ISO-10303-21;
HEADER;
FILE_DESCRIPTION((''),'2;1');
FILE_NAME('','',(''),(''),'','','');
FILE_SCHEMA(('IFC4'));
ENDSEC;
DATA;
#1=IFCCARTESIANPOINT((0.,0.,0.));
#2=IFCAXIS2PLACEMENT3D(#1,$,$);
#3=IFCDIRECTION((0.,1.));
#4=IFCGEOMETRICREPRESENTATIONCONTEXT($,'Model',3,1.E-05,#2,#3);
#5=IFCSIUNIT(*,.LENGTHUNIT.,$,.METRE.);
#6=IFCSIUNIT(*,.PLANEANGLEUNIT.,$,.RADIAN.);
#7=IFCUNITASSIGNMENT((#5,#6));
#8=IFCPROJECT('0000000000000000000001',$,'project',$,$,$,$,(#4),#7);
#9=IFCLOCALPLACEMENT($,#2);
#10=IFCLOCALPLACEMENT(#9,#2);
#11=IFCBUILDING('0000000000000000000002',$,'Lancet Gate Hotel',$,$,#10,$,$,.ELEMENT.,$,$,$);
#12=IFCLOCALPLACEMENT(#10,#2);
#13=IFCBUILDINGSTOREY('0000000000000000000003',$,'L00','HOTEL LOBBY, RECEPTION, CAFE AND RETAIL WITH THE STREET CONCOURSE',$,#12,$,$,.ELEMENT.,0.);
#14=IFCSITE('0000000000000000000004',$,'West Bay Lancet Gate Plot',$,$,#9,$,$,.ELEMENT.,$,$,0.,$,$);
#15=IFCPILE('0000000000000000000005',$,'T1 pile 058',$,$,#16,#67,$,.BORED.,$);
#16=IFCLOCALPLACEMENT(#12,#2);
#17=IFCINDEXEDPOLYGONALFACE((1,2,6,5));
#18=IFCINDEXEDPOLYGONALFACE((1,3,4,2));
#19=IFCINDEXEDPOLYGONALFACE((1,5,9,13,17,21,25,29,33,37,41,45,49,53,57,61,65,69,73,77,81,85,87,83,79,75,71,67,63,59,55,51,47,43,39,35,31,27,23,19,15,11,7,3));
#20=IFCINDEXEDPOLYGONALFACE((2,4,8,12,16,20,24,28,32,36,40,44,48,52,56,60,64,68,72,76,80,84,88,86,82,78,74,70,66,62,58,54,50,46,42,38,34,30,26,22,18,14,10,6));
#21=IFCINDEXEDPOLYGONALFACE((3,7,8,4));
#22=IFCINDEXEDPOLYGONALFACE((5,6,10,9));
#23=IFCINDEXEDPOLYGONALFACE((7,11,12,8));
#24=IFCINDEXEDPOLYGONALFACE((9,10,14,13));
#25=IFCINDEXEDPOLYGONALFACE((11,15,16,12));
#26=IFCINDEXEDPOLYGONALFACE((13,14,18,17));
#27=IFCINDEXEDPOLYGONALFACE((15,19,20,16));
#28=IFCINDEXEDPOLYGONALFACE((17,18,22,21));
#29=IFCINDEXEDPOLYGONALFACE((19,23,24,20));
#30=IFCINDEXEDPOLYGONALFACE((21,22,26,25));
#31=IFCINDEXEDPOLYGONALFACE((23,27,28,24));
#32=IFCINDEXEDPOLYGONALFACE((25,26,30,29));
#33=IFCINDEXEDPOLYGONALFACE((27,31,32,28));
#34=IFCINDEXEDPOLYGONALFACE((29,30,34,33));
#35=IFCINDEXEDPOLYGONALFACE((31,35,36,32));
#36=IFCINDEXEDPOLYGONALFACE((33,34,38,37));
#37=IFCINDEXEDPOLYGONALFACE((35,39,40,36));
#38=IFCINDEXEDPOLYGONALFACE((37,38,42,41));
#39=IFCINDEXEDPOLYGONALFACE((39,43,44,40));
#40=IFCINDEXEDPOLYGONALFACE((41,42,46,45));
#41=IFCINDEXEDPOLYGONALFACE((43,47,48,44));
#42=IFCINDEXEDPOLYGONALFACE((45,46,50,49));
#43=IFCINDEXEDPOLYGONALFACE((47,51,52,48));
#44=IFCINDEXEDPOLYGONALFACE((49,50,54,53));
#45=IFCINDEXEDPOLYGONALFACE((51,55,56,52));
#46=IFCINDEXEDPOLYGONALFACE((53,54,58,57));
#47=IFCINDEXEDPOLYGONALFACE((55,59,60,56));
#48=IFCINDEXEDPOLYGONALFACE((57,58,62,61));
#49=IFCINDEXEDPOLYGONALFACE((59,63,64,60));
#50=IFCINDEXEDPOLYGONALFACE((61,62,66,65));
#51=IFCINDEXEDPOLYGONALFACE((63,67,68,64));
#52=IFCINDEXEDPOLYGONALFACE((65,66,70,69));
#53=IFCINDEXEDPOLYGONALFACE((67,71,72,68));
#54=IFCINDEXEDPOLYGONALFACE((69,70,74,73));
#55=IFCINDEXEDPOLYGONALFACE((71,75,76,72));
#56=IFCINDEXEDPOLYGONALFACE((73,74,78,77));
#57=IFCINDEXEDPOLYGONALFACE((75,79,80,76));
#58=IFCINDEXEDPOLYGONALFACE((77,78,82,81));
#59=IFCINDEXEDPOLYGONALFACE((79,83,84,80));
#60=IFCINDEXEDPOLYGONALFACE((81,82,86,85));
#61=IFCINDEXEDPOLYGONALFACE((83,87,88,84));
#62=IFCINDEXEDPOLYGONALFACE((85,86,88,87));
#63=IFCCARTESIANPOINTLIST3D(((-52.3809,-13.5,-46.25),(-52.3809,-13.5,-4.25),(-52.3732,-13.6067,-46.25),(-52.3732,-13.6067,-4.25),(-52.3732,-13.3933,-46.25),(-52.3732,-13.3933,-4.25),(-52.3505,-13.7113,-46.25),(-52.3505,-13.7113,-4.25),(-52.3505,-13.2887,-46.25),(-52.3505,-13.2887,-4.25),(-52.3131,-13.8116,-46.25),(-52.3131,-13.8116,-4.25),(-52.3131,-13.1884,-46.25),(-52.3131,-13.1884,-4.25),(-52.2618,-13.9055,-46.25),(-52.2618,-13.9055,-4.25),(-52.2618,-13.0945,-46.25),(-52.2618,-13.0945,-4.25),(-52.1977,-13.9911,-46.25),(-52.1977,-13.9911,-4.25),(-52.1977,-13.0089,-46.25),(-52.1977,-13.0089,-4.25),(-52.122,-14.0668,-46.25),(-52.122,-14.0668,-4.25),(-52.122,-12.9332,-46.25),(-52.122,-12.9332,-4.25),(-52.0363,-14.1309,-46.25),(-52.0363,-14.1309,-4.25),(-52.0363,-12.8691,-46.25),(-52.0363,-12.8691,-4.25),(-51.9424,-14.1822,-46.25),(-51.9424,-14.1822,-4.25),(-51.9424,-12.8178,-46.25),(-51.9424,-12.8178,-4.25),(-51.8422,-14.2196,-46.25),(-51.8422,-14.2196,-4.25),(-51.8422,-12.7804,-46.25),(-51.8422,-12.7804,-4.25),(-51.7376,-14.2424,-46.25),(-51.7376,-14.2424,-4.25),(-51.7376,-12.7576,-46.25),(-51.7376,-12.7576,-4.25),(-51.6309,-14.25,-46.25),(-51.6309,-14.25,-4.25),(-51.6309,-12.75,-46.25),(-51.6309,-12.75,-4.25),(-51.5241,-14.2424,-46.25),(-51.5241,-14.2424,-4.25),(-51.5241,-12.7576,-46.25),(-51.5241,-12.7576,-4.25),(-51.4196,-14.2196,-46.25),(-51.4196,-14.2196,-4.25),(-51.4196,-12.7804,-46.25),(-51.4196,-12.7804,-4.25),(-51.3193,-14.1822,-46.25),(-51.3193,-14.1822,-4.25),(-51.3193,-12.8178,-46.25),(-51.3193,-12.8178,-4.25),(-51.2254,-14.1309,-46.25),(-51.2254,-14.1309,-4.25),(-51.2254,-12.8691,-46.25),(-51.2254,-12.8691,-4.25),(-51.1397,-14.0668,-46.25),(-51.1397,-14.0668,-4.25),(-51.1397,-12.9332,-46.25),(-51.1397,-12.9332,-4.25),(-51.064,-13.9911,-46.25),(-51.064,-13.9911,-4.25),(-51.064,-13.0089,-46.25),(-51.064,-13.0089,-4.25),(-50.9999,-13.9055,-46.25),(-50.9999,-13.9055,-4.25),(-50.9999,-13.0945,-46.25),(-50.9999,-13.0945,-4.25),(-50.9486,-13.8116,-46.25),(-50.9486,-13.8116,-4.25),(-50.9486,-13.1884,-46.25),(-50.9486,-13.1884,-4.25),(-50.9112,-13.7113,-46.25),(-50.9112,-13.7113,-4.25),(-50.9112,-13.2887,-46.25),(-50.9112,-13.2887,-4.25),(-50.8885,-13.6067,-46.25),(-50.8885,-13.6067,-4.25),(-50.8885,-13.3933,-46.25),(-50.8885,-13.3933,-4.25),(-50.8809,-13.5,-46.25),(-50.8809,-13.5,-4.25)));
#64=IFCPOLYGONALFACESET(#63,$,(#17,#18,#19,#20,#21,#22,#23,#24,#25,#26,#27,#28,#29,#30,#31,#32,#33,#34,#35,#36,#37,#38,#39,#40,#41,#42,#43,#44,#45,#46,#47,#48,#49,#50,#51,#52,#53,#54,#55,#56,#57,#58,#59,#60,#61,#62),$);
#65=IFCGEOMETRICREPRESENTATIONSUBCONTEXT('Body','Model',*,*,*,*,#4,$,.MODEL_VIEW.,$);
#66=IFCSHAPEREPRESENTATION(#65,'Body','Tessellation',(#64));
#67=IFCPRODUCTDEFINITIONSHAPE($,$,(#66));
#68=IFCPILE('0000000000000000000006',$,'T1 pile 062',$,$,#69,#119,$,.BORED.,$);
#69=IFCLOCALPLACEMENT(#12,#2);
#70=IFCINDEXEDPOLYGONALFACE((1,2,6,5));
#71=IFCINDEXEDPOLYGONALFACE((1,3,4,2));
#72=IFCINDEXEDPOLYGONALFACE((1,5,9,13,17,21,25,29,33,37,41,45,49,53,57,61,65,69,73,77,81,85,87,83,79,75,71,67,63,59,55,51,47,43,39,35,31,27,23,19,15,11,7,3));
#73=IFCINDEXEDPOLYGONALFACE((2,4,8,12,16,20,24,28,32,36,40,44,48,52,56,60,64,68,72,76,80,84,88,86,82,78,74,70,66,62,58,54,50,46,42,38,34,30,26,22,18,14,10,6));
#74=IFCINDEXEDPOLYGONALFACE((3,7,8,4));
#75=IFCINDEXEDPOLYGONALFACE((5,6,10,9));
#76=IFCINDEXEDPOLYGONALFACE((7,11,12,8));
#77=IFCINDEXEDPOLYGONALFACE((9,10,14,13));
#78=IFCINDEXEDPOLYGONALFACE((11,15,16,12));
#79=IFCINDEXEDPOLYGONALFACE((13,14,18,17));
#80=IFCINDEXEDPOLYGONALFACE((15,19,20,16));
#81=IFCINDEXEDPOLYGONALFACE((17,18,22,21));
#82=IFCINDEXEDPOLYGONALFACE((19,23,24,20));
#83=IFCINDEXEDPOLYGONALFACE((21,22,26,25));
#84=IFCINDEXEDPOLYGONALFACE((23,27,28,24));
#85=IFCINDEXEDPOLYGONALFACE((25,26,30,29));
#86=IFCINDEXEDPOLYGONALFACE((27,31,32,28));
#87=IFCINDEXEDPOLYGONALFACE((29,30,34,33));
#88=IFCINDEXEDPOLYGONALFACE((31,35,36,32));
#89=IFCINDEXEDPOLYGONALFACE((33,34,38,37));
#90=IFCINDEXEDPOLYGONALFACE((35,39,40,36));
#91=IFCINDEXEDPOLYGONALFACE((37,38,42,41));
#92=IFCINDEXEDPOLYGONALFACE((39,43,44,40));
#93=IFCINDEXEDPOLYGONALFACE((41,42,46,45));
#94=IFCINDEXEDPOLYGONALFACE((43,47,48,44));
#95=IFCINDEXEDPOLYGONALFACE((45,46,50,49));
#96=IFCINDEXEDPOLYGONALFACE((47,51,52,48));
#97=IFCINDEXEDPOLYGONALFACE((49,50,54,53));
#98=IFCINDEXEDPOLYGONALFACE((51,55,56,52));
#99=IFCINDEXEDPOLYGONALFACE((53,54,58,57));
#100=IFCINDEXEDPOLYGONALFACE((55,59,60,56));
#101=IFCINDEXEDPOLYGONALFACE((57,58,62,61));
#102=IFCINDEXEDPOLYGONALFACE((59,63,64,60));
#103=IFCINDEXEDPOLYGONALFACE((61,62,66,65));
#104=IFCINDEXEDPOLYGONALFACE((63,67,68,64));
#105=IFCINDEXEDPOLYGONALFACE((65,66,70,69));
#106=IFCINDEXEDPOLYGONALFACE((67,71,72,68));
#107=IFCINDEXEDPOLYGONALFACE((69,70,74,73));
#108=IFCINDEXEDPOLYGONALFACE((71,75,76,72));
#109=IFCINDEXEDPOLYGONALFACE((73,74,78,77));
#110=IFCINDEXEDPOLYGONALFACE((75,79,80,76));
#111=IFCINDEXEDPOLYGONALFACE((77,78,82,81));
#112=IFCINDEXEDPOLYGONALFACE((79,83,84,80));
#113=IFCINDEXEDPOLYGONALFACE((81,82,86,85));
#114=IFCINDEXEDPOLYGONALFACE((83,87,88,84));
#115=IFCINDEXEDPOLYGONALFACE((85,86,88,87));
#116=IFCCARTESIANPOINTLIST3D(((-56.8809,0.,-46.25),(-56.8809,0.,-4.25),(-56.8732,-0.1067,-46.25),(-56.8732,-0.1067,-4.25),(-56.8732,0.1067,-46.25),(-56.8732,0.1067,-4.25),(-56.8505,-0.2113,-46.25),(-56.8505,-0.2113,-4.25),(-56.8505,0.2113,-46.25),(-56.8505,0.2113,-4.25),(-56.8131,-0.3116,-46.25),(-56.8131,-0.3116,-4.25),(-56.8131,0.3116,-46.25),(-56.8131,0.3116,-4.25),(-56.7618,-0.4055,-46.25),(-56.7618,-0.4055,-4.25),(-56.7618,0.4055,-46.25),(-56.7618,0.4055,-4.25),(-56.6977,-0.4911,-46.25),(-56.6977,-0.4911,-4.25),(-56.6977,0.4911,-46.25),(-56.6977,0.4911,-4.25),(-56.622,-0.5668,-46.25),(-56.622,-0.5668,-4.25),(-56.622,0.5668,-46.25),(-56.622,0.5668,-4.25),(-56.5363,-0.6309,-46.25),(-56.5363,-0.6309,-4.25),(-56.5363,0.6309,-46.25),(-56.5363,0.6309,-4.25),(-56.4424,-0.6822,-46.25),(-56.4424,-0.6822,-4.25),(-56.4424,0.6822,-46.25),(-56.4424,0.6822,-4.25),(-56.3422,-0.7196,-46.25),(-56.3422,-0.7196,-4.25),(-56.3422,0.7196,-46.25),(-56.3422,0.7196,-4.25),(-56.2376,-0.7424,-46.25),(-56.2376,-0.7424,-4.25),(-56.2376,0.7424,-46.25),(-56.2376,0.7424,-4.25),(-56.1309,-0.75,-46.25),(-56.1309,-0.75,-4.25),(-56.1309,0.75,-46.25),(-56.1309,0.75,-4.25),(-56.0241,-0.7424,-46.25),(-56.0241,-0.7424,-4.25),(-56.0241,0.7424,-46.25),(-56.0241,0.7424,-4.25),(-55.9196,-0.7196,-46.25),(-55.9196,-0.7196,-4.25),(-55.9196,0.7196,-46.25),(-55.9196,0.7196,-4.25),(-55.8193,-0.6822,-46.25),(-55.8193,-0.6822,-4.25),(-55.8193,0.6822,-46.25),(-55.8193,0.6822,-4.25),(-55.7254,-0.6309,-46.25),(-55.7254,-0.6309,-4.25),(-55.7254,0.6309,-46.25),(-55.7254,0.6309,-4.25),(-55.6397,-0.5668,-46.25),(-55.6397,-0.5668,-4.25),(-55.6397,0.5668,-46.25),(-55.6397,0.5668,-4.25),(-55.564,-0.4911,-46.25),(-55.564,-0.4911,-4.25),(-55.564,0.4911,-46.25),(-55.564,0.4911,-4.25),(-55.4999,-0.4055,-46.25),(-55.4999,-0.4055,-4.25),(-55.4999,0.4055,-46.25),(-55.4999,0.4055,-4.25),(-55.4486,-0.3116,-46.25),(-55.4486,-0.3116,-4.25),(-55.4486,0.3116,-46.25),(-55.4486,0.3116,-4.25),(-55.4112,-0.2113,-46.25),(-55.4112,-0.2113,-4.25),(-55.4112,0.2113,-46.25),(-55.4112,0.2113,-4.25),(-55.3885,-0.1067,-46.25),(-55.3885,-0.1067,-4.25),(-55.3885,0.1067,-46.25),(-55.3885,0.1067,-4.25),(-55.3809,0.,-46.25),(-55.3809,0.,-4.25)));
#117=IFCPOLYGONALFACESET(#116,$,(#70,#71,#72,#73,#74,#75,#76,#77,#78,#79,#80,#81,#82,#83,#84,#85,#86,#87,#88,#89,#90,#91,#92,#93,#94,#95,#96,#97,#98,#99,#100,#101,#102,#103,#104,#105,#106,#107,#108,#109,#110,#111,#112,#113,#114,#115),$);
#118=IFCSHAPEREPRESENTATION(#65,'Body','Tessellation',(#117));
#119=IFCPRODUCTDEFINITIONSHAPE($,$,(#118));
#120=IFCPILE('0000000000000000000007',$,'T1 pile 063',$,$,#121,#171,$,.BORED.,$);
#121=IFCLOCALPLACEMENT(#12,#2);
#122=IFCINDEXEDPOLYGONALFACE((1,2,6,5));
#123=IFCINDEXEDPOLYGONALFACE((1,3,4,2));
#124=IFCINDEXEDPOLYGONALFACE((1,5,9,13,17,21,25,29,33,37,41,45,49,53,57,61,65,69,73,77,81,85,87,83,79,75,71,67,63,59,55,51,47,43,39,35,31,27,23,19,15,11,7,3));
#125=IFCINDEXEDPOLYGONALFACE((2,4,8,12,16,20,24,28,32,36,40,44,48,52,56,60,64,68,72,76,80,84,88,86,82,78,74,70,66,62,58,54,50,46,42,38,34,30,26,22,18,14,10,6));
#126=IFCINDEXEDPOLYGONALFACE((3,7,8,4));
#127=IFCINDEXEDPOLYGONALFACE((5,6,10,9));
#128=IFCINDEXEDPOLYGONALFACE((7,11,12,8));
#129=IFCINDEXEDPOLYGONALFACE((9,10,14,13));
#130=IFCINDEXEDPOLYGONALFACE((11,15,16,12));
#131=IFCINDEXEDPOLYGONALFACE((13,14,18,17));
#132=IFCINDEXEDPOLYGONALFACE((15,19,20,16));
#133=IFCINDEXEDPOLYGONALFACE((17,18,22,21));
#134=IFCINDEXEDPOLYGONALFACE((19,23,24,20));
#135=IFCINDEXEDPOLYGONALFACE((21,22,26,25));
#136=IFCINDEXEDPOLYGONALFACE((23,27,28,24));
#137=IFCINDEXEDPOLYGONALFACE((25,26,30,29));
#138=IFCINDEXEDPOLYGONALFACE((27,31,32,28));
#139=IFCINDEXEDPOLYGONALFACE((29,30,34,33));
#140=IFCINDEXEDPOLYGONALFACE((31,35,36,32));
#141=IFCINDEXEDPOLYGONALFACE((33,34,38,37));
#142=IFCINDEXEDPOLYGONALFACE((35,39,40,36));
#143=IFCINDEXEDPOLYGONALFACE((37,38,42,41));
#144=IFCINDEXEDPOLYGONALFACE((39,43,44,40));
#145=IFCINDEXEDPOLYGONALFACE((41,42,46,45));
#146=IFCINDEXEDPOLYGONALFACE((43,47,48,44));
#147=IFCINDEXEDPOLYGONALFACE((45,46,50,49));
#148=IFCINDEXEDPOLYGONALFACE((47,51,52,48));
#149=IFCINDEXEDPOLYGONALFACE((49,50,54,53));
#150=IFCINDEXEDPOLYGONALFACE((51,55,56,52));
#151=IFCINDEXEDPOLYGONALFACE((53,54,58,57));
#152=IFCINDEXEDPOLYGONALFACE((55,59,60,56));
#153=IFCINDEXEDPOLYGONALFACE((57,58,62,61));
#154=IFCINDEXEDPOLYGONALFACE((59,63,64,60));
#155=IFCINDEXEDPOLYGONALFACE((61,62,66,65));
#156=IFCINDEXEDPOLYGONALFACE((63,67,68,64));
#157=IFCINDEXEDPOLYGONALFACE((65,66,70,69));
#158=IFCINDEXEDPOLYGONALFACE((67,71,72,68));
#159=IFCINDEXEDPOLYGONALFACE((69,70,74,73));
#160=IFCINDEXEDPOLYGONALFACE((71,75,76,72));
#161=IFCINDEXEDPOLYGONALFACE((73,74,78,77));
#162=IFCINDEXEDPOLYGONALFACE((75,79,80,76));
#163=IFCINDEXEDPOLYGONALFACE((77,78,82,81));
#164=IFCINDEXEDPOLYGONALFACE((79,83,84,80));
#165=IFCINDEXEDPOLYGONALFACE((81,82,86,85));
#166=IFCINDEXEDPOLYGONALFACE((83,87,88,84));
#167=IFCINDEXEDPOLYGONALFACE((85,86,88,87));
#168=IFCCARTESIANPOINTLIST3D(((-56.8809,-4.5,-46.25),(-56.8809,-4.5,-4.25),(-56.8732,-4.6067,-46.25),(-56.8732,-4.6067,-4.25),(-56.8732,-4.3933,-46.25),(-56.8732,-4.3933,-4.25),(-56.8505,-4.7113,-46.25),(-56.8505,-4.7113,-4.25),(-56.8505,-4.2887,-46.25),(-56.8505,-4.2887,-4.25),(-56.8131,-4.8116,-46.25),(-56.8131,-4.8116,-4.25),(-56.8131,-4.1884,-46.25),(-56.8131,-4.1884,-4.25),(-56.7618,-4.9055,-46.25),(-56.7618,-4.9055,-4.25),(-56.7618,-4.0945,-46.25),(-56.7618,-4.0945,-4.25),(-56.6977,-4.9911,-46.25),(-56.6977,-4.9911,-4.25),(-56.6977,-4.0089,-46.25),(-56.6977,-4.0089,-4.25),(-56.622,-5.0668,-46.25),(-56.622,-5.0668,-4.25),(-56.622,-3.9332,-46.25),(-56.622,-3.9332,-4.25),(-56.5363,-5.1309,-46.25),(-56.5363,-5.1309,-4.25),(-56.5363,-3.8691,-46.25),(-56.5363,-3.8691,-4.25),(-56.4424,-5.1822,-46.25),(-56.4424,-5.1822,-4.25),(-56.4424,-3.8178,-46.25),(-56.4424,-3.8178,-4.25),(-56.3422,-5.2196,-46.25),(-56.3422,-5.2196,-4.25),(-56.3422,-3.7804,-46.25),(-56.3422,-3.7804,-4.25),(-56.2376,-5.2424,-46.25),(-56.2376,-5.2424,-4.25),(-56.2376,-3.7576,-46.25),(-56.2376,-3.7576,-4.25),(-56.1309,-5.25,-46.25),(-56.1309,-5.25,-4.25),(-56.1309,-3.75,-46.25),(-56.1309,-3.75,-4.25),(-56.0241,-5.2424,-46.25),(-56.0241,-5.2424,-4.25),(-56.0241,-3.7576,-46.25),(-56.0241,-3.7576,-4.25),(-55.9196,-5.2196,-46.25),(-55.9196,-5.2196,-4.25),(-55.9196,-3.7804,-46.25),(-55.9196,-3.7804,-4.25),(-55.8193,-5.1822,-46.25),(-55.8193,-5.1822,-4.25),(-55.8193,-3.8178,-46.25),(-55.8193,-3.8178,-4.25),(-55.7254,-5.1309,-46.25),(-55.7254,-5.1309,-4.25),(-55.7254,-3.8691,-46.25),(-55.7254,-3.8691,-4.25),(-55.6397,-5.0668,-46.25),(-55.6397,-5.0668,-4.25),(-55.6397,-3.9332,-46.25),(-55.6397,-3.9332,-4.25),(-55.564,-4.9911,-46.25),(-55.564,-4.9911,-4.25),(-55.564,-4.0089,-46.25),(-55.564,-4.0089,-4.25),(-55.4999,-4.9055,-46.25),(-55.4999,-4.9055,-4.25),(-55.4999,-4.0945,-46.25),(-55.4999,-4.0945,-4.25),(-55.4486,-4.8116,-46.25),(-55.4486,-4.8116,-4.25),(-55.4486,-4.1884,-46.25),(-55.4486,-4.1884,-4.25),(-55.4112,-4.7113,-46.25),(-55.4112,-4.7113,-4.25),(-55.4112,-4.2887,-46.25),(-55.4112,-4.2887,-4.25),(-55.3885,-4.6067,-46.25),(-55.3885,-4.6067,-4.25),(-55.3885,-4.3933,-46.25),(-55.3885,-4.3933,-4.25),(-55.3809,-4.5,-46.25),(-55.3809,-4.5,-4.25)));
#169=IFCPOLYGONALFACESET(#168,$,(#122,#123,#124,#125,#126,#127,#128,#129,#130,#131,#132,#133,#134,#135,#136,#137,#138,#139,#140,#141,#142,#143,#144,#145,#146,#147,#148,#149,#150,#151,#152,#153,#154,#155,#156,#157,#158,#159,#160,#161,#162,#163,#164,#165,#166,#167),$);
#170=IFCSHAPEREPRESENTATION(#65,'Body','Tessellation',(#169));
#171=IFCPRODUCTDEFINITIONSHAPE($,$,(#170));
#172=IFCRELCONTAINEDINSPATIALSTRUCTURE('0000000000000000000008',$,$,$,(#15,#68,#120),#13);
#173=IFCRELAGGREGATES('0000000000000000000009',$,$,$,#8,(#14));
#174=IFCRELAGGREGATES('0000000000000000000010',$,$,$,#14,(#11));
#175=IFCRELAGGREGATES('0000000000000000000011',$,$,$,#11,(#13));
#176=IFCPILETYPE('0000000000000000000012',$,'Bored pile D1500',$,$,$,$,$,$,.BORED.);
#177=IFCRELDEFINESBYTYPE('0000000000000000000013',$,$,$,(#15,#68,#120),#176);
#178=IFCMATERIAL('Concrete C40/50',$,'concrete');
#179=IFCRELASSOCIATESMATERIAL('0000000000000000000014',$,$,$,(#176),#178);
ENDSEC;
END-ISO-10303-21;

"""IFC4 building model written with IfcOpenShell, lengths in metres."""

from ifc_helpers import new_model, si_unit, direction, frame, origin, origin_2d, place, context, subcontext, project, spatial, circle, extrude, material, material_profile, profile_set, type_object, element, save


model = new_model("IFC4")

# Units and contexts
model_context = context("Model", 3, precision=1e-05, world=origin(), true_north=direction((0.0, 1.0)))
body_context = subcontext(model_context, "Body", "Model", "MODEL_VIEW")
ifc_project = project(units=[si_unit("LENGTHUNIT", "METRE"), si_unit("PLANEANGLEUNIT", "RADIAN")], contexts=[model_context])

# Site, building, storey
site_placement = place(None, origin())
site = spatial("IfcSite", under=ifc_project, at=site_placement, Name="West Bay Lancet Gate Plot", CompositionType="ELEMENT", RefElevation=0.0)
building_placement = place(site_placement, origin())
building = spatial("IfcBuilding", under=site, at=building_placement, Name="Lancet Gate Hotel", CompositionType="ELEMENT")
storey_placement = place(building_placement, origin())
storey = spatial("IfcBuildingStorey", under=building, at=storey_placement, Name="L00", Description="HOTEL LOBBY, RECEPTION, CAFE AND RETAIL WITH THE STREET CONCOURSE", CompositionType="ELEMENT", Elevation=0.0)

# Piles
ifc_material_1 = material(Name="Concrete C40/50", Category="concrete")
ifc_material_profile_1 = material_profile(ifc_material_1, circle(Radius=0.75, at=origin_2d()), Name="PILE D1500")
ifc_profile_set_1 = profile_set([ifc_material_profile_1], Name="Concrete C40/50")
pile_type = type_object("IfcPileType", Name="Bored pile D1500", PredefinedType="BORED", material=ifc_profile_set_1)
for number, where, z_axis, x_axis, name in (
    (1, (-51.6309, -13.5, -4.25), (0.0, 0.0, -1.0), (1.0, 0.0, 0.0), "T1 pile 058"),
    (2, (-56.1309, 0.0, -4.25), (0.0, 0.0, -1.0), (1.0, 0.0, 0.0), "T1 pile 062"),
    (3, (-56.1309, -4.5, -4.25), (0.0, 0.0, -1.0), (1.0, 0.0, 0.0), "T1 pile 063"),
):
    element("IfcPile", number, at=place(storey_placement, frame(where, z_axis=z_axis, x_axis=x_axis)), inside=storey, type_object=pile_type, Name=name, PredefinedType="BORED", context=body_context, shape_type="SweptSolid", body=[
        extrude(circle(Radius=0.75, at=origin_2d()), origin(), (0.0, 0.0, 1.0), 42.0),
    ])

save(model, "model.ifc")
